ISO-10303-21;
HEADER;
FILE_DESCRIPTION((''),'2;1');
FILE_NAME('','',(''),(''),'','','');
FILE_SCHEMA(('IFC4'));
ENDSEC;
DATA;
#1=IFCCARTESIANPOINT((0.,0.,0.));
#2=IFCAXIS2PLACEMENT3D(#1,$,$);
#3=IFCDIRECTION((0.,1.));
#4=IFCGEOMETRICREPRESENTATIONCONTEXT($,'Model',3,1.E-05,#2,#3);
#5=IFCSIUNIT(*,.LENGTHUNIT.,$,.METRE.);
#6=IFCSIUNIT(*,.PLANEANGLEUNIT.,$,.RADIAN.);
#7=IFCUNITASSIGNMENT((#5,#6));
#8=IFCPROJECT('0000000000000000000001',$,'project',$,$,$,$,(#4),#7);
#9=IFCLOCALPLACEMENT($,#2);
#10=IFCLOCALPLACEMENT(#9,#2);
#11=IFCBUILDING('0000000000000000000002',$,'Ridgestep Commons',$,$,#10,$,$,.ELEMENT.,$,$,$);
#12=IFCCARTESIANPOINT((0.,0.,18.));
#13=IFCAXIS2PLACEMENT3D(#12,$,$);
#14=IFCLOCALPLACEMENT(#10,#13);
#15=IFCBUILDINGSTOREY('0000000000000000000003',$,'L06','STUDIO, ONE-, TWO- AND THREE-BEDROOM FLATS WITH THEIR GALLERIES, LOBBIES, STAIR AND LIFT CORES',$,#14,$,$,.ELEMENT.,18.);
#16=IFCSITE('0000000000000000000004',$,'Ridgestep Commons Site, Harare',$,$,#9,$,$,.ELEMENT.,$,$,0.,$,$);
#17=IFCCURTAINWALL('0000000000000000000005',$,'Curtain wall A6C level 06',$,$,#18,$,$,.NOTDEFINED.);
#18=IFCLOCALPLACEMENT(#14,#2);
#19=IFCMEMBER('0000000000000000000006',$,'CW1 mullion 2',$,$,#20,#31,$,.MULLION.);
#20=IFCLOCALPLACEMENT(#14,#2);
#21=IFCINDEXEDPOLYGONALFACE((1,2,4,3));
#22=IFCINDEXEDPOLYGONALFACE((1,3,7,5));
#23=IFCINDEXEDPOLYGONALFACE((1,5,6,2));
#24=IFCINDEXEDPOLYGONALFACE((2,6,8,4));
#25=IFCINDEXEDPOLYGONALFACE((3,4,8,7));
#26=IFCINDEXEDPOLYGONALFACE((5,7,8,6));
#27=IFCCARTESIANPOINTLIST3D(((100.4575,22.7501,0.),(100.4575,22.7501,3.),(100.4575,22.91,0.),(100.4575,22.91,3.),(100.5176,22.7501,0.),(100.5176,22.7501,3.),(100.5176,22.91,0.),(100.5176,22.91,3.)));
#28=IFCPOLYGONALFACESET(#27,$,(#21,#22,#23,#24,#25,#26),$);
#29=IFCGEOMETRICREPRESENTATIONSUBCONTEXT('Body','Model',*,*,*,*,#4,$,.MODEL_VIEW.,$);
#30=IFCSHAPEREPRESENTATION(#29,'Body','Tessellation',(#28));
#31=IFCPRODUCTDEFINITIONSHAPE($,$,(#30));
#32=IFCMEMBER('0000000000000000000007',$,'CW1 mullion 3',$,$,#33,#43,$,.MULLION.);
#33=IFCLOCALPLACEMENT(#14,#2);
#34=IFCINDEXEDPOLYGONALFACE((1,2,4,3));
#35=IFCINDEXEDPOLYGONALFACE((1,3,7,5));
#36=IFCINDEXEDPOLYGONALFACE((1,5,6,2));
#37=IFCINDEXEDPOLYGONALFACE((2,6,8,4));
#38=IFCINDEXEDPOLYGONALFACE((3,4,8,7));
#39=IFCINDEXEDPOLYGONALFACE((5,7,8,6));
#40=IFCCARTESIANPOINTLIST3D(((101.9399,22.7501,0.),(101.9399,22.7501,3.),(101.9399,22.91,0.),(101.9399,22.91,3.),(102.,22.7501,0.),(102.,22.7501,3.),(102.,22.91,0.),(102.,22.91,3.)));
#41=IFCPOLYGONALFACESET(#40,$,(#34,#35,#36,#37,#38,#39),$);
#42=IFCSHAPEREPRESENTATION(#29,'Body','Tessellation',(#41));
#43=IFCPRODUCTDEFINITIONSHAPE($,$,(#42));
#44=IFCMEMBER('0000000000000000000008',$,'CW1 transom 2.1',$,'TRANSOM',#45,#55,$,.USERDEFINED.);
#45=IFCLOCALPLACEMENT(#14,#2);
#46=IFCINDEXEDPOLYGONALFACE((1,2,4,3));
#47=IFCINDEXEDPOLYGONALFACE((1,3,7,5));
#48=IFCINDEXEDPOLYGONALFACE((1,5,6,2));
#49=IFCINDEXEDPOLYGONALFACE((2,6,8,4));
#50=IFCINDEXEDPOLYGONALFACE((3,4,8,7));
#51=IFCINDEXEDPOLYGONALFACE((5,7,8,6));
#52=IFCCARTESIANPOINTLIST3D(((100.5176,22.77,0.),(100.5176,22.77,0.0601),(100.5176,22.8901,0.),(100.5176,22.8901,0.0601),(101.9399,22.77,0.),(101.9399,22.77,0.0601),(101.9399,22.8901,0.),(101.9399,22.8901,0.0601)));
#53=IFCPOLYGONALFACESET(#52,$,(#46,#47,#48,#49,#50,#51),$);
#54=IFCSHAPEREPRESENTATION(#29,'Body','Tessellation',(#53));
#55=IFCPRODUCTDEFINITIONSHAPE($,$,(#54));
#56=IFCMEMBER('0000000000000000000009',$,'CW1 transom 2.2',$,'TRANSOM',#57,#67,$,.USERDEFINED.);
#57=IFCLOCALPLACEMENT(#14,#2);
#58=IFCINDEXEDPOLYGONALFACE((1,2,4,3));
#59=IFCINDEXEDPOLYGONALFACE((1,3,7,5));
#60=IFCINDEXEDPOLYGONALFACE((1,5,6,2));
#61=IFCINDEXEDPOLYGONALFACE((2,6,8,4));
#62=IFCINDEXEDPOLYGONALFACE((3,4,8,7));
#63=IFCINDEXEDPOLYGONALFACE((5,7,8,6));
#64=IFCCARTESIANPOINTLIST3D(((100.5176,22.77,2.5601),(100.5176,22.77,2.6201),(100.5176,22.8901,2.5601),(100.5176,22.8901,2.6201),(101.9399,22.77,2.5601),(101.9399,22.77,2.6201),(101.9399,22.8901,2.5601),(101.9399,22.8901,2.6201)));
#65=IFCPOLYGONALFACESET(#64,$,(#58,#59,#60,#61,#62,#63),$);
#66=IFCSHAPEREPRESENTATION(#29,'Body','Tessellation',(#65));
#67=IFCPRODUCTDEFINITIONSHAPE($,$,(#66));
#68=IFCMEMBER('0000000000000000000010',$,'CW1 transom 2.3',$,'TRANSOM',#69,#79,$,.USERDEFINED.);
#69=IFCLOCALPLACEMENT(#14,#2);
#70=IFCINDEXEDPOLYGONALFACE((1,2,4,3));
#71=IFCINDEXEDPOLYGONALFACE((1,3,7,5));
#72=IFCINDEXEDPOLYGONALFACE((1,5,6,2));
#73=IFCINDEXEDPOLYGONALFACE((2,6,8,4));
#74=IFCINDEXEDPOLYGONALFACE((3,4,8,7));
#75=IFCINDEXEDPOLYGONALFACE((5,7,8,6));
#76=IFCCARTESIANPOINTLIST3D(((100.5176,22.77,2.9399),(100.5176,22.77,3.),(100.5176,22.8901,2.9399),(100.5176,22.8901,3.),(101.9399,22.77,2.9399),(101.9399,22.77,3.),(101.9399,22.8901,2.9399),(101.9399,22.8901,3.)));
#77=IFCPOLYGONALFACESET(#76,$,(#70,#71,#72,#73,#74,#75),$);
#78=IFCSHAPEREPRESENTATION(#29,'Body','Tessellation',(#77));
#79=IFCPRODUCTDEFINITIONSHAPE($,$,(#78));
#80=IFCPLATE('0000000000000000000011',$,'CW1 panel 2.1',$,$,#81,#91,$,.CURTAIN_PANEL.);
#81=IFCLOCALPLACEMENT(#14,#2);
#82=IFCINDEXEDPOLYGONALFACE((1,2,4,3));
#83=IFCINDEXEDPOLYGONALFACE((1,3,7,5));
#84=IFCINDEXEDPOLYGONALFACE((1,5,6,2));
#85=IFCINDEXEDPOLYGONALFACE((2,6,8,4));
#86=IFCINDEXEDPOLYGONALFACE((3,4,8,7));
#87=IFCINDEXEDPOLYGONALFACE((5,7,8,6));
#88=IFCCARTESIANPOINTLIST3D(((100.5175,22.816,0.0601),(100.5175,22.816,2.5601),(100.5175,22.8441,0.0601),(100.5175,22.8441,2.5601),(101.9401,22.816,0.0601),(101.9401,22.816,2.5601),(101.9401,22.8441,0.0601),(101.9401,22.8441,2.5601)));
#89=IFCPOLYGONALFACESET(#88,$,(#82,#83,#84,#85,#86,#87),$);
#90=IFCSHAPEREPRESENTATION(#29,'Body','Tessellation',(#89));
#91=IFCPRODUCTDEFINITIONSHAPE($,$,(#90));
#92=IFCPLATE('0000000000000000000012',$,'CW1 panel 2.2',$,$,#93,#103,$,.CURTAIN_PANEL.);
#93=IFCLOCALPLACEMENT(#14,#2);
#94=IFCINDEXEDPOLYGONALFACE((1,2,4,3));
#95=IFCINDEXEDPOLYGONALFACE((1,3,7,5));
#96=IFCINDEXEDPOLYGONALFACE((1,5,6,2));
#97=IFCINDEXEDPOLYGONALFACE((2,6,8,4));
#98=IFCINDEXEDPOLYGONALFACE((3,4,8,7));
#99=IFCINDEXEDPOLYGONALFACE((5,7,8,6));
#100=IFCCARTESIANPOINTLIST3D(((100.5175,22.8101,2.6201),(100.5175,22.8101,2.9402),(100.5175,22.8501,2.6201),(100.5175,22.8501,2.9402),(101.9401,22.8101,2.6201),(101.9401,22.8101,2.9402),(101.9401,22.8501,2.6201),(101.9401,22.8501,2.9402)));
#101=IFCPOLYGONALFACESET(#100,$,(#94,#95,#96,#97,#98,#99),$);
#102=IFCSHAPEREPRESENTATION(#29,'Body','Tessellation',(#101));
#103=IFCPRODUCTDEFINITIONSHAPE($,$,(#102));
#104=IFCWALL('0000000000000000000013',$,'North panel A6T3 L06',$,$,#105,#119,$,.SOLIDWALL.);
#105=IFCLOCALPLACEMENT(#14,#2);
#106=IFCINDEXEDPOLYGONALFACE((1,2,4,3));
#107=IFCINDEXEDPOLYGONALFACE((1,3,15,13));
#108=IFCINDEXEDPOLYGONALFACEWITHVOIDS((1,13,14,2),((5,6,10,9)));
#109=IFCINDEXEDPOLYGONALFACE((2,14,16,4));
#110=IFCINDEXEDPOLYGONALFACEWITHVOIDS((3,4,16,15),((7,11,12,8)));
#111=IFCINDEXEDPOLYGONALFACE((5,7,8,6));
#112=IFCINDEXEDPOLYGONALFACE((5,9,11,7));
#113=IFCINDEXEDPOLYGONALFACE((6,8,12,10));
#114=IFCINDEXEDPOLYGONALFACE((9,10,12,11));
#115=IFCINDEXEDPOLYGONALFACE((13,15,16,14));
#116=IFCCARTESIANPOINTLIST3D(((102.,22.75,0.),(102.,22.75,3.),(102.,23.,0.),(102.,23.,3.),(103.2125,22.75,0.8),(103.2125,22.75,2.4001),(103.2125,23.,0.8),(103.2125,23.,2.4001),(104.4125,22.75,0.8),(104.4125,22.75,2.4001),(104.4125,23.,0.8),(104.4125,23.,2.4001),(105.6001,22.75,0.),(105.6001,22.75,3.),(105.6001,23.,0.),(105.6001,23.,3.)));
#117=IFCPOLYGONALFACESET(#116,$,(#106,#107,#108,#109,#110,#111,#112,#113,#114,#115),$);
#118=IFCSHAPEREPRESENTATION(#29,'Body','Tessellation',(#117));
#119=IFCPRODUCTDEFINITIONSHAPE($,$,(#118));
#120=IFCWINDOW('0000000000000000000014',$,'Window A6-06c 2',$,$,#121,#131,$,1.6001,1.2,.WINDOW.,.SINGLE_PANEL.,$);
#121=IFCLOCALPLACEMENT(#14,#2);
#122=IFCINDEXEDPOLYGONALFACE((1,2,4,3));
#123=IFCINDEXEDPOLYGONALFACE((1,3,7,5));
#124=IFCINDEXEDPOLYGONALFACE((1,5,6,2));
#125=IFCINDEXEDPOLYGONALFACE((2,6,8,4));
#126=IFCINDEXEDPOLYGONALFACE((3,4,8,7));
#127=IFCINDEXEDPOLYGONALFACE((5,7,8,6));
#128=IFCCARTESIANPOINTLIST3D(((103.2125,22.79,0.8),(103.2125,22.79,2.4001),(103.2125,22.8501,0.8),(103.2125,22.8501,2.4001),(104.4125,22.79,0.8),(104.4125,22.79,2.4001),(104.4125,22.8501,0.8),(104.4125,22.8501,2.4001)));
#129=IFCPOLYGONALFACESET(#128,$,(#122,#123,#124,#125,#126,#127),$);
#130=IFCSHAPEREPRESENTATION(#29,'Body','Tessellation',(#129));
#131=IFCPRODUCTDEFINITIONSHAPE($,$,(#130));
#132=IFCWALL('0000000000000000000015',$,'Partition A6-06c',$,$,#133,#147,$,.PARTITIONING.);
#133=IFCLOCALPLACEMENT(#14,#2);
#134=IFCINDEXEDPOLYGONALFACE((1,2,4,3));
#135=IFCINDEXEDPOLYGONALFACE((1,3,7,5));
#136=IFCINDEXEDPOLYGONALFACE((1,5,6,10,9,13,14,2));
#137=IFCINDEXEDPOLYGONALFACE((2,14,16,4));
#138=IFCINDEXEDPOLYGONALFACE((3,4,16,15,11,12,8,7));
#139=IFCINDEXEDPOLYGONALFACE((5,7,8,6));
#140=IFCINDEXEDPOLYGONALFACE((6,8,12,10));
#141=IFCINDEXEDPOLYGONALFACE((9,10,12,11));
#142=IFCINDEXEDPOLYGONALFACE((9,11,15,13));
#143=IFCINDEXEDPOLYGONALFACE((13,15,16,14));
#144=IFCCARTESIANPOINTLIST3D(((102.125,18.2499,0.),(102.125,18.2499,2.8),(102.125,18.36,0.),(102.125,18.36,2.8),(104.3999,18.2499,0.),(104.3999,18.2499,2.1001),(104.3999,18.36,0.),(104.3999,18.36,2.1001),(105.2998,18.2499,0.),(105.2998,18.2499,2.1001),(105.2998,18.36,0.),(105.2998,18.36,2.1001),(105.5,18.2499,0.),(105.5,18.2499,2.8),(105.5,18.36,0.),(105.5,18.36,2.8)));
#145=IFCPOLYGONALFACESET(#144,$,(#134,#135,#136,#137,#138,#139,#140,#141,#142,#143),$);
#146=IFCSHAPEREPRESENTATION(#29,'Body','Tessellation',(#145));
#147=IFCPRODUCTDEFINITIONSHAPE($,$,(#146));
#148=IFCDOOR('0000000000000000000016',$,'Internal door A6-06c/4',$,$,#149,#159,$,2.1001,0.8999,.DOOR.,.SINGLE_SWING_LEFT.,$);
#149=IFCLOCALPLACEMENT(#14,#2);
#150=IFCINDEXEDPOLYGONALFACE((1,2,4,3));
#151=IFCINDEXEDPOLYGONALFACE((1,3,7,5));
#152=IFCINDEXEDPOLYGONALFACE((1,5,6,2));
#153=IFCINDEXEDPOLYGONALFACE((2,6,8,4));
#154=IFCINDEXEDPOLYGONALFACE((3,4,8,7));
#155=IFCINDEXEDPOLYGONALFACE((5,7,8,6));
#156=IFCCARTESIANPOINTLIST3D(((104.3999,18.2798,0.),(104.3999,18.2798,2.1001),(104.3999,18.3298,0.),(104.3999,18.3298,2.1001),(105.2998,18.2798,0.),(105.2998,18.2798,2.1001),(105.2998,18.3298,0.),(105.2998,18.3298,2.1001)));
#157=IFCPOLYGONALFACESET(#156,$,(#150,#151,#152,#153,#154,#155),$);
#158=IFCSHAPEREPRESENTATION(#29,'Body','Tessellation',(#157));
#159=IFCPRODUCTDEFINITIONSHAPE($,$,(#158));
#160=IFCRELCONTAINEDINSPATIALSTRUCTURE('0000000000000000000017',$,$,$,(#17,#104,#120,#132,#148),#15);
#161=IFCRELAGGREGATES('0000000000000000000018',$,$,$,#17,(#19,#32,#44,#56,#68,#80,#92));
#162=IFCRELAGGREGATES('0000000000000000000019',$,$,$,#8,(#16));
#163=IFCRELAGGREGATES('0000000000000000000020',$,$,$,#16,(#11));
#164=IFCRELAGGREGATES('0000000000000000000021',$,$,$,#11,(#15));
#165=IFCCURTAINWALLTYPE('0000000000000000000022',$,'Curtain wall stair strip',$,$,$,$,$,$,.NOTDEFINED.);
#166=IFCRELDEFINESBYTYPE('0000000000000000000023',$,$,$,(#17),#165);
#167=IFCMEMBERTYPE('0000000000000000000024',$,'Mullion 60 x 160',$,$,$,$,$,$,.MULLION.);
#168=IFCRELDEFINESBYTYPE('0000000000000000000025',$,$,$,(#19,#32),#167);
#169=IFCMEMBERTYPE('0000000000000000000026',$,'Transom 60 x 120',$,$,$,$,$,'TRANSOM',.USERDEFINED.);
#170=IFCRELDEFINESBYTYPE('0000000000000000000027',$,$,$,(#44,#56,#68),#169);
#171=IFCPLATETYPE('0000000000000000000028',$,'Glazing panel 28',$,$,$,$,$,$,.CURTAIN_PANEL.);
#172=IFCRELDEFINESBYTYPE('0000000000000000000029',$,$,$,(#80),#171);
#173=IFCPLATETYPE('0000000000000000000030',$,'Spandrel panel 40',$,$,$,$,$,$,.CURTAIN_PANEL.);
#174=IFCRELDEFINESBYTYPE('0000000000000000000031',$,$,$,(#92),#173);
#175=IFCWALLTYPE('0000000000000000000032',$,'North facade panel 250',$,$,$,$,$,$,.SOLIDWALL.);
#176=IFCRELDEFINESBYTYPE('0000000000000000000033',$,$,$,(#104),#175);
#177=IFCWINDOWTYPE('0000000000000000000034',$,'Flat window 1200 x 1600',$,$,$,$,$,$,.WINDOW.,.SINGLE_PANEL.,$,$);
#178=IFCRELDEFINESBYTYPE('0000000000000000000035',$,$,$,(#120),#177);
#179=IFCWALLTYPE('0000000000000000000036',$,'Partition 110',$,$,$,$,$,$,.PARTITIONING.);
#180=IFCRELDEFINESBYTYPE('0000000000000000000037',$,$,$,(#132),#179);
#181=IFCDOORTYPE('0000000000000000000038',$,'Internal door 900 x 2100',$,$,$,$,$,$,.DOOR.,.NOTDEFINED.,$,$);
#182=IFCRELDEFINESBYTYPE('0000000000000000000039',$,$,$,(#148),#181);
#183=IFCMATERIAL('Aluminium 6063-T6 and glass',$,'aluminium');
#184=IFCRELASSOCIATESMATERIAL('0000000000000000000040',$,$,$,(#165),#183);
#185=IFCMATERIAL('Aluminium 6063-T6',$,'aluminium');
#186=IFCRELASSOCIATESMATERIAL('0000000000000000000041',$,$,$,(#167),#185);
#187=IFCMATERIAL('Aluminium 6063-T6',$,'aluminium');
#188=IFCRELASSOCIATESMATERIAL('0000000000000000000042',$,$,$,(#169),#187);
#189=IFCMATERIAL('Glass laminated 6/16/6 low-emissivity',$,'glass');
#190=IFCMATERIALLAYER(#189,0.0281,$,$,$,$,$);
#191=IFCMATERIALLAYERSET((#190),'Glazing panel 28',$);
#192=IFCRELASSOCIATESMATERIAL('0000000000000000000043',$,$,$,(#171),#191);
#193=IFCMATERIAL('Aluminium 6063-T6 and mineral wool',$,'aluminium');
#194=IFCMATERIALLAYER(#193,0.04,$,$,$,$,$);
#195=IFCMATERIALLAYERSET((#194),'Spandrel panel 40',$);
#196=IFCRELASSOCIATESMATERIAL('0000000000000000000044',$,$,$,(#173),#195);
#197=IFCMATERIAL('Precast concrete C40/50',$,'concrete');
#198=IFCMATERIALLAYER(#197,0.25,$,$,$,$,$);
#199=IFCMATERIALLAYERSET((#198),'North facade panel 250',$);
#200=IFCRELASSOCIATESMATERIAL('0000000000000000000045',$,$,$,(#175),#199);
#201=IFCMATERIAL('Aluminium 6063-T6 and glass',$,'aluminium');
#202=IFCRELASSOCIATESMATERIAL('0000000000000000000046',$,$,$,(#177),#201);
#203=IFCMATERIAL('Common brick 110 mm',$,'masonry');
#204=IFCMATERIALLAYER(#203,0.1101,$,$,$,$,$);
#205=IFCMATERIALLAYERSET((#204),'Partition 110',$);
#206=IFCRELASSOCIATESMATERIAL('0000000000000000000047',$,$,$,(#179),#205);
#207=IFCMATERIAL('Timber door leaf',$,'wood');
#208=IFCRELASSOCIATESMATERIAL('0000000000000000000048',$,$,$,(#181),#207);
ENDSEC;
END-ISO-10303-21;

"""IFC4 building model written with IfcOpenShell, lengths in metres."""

from ifc_helpers import new_model, si_unit, direction, frame, frame_2d, origin, origin_2d, place, context, subcontext, project, spatial, rectangle, extrude, material, layer, layer_set, material_profile, profile_set, type_object, element, fill, aggregate, save


model = new_model("IFC4")

# Units and contexts
model_context = context("Model", 3, precision=1e-05, world=origin(), true_north=direction((0.0, 1.0)))
body_context = subcontext(model_context, "Body", "Model", "MODEL_VIEW")
ifc_project = project(units=[si_unit("LENGTHUNIT", "METRE"), si_unit("PLANEANGLEUNIT", "RADIAN")], contexts=[model_context])

# Site, building, storey
site_placement = place(None, origin())
site = spatial("IfcSite", under=ifc_project, at=site_placement, Name="Ridgestep Commons Site, Harare", CompositionType="ELEMENT", RefElevation=0.0)
building_placement = place(site_placement, origin())
building = spatial("IfcBuilding", under=site, at=building_placement, Name="Ridgestep Commons", CompositionType="ELEMENT")
storey_placement = place(building_placement, frame((0.0, 0.0, 18.0)))
storey = spatial("IfcBuildingStorey", under=building, at=storey_placement, Name="L06", Description="STUDIO, ONE-, TWO- AND THREE-BEDROOM FLATS WITH THEIR GALLERIES, LOBBIES, STAIR AND LIFT CORES", CompositionType="ELEMENT", Elevation=18.0)

# Curtain wall, members, plates
ifc_material_1 = material(Name="Aluminium 6063-T6 and glass", Category="aluminium")
curtain_wall_type = type_object("IfcCurtainWallType", Name="Curtain wall stair strip", PredefinedType="NOTDEFINED", material=ifc_material_1)
curtain_wall_placement = place(storey_placement, origin())
curtain_wall = element("IfcCurtainWall", 1, at=curtain_wall_placement, inside=storey, type_object=curtain_wall_type, Name="Curtain wall A6C level 06", PredefinedType="NOTDEFINED")
ifc_material_2 = material(Name="Aluminium 6063-T6", Category="aluminium")
ifc_material_profile_1 = material_profile(ifc_material_2, rectangle(XDim=0.1599, YDim=0.0601, at=origin_2d()), Name="Mullion 60 x 160")
ifc_profile_set_1 = profile_set([ifc_material_profile_1], Name="Aluminium 6063-T6")
member_type_1 = type_object("IfcMemberType", Name="Mullion 60 x 160", PredefinedType="MULLION", material=ifc_profile_set_1)
member_1_placement = place(storey_placement, frame((100.4875, 22.8301, 0.0), z_axis=(0.0, 0.0, 1.0), x_axis=(0.0, 1.0, 0.0)))
member_1 = element("IfcMember", 2, at=member_1_placement, type_object=member_type_1, Name="CW1 mullion 2", PredefinedType="MULLION", context=body_context, shape_type="SweptSolid", body=[
    extrude(rectangle(XDim=0.1599, YDim=0.0601, at=origin_2d()), origin(), (0.0, 0.0, 1.0), 3.0),
])
member_2_placement = place(storey_placement, frame((101.97, 22.8301, 0.0), z_axis=(0.0, 0.0, 1.0), x_axis=(0.0, 1.0, 0.0)))
member_2 = element("IfcMember", 3, at=member_2_placement, type_object=member_type_1, Name="CW1 mullion 3", PredefinedType="MULLION", context=body_context, shape_type="SweptSolid", body=[
    extrude(rectangle(XDim=0.1599, YDim=0.0601, at=origin_2d()), origin(), (0.0, 0.0, 1.0), 3.0),
])
ifc_material_3 = material(Name="Aluminium 6063-T6", Category="aluminium")
ifc_material_profile_2 = material_profile(ifc_material_3, rectangle(XDim=0.1201, YDim=0.0601, at=origin_2d()), Name="Transom 60 x 120")
ifc_profile_set_2 = profile_set([ifc_material_profile_2], Name="Aluminium 6063-T6")
member_type_2 = type_object("IfcMemberType", Name="Transom 60 x 120", ElementType="TRANSOM", PredefinedType="USERDEFINED", material=ifc_profile_set_2)
member_3_placement = place(storey_placement, frame((100.5176, 22.8301, 0.03), z_axis=(1.0, 0.0, 0.0), x_axis=(0.0, 1.0, 0.0)))
member_3 = element("IfcMember", 4, at=member_3_placement, type_object=member_type_2, Name="CW1 transom 2.1", ObjectType="TRANSOM", PredefinedType="USERDEFINED", context=body_context, shape_type="SweptSolid", body=[
    extrude(rectangle(XDim=0.1201, YDim=0.0601, at=origin_2d()), origin(), (0.0, 0.0, 1.0), 1.4224),
])
member_4_placement = place(storey_placement, frame((100.5176, 22.8301, 2.5901), z_axis=(1.0, 0.0, 0.0), x_axis=(0.0, 1.0, 0.0)))
member_4 = element("IfcMember", 5, at=member_4_placement, type_object=member_type_2, Name="CW1 transom 2.2", ObjectType="TRANSOM", PredefinedType="USERDEFINED", context=body_context, shape_type="SweptSolid", body=[
    extrude(rectangle(XDim=0.1201, YDim=0.0601, at=origin_2d()), origin(), (0.0, 0.0, 1.0), 1.4224),
])
member_5_placement = place(storey_placement, frame((100.5176, 22.8301, 2.97), z_axis=(1.0, 0.0, 0.0), x_axis=(0.0, 1.0, 0.0)))
member_5 = element("IfcMember", 6, at=member_5_placement, type_object=member_type_2, Name="CW1 transom 2.3", ObjectType="TRANSOM", PredefinedType="USERDEFINED", context=body_context, shape_type="SweptSolid", body=[
    extrude(rectangle(XDim=0.1201, YDim=0.0601, at=origin_2d()), origin(), (0.0, 0.0, 1.0), 1.4224),
])
ifc_material_4 = material(Name="Glass laminated 6/16/6 low-emissivity", Category="glass")
ifc_layer_1 = layer(ifc_material_4, 0.0281)
ifc_layer_set_1 = layer_set([ifc_layer_1], Name="Glazing panel 28")
plate_type_1 = type_object("IfcPlateType", Name="Glazing panel 28", PredefinedType="CURTAIN_PANEL", material=ifc_layer_set_1)
plate_1_placement = place(storey_placement, frame((101.2288, 22.8301, 0.0601), z_axis=(0.0, 0.0, 1.0), x_axis=(1.0, 0.0, 0.0)))
plate_1 = element("IfcPlate", 7, at=plate_1_placement, type_object=plate_type_1, Name="CW1 panel 2.1", PredefinedType="CURTAIN_PANEL", context=body_context, shape_type="SweptSolid", body=[
    extrude(rectangle(XDim=1.4226, YDim=0.0281, at=origin_2d()), origin(), (0.0, 0.0, 1.0), 2.5),
])
ifc_material_5 = material(Name="Aluminium 6063-T6 and mineral wool", Category="aluminium")
ifc_layer_2 = layer(ifc_material_5, 0.04)
ifc_layer_set_2 = layer_set([ifc_layer_2], Name="Spandrel panel 40")
plate_type_2 = type_object("IfcPlateType", Name="Spandrel panel 40", PredefinedType="CURTAIN_PANEL", material=ifc_layer_set_2)
plate_2_placement = place(storey_placement, frame((101.2288, 22.8301, 2.6201), z_axis=(0.0, 0.0, 1.0), x_axis=(1.0, 0.0, 0.0)))
plate_2 = element("IfcPlate", 8, at=plate_2_placement, type_object=plate_type_2, Name="CW1 panel 2.2", PredefinedType="CURTAIN_PANEL", context=body_context, shape_type="SweptSolid", body=[
    extrude(rectangle(XDim=1.4226, YDim=0.04, at=origin_2d()), origin(), (0.0, 0.0, 1.0), 0.3201),
])
aggregate(curtain_wall, [member_1, member_2, member_3, member_4, member_5, plate_1, plate_2])

# Wall, opening, window
ifc_material_6 = material(Name="Precast concrete C40/50", Category="concrete")
ifc_layer_3 = layer(ifc_material_6, 0.25)
ifc_layer_set_3 = layer_set([ifc_layer_3], Name="North facade panel 250")
wall_type_1 = type_object("IfcWallType", Name="North facade panel 250", PredefinedType="SOLIDWALL", material=ifc_layer_set_3)
wall_1_placement = place(storey_placement, frame((102.0, 22.875, 0.0), z_axis=(0.0, 0.0, 1.0), x_axis=(1.0, 0.0, 0.0)))
wall_1 = element("IfcWall", 9, at=wall_1_placement, inside=storey, type_object=wall_type_1, Name="North panel A6T3 L06", PredefinedType="SOLIDWALL", context=body_context, shape_type="SweptSolid", body=[
    extrude(rectangle(XDim=3.6001, YDim=0.25, at=frame_2d((1.8, 0.0))), origin(), (0.0, 0.0, 1.0), 3.0),
])
opening_1_placement = place(wall_1_placement, frame((1.2124, 0.0, 0.8)))
opening_1 = element("IfcOpeningElement", 10, at=opening_1_placement, cuts=wall_1, PredefinedType="OPENING", context=body_context, shape_type="SweptSolid", body=[
    extrude(rectangle(XDim=1.2, YDim=1.6001, at=frame_2d((0.6001, 0.8))), frame((0.0, 0.135, 0.0), z_axis=(0.0, -1.0, 0.0), x_axis=(1.0, 0.0, 0.0)), (0.0, 0.0, 1.0), 0.27),
])
ifc_material_7 = material(Name="Aluminium 6063-T6 and glass", Category="aluminium")
window_type = type_object("IfcWindowType", Name="Flat window 1200 x 1600", PartitioningType="SINGLE_PANEL", PredefinedType="WINDOW", material=ifc_material_7)
window_placement = place(opening_1_placement, origin())
window = element("IfcWindow", 11, at=window_placement, inside=storey, type_object=window_type, Name="Window A6-06c 2", OverallHeight=1.6001, OverallWidth=1.2, PartitioningType="SINGLE_PANEL", PredefinedType="WINDOW", context=body_context, shape_type="SweptSolid", body=[
    extrude(rectangle(XDim=1.2, YDim=1.6001, at=frame_2d((0.6001, 0.8))), frame((0.0, -0.0249, 0.0), z_axis=(0.0, -1.0, 0.0), x_axis=(1.0, 0.0, 0.0)), (0.0, 0.0, 1.0), 0.0601),
])
fill(opening_1, window)

# Wall, opening, door
ifc_material_8 = material(Name="Common brick 110 mm", Category="masonry")
ifc_layer_4 = layer(ifc_material_8, 0.1101)
ifc_layer_set_4 = layer_set([ifc_layer_4], Name="Partition 110")
wall_type_2 = type_object("IfcWallType", Name="Partition 110", PredefinedType="PARTITIONING", material=ifc_layer_set_4)
wall_2_placement = place(storey_placement, frame((102.125, 18.3049, 0.0), z_axis=(0.0, 0.0, 1.0), x_axis=(1.0, 0.0, 0.0)))
wall_2 = element("IfcWall", 12, at=wall_2_placement, inside=storey, type_object=wall_type_2, Name="Partition A6-06c", PredefinedType="PARTITIONING", context=body_context, shape_type="SweptSolid", body=[
    extrude(rectangle(XDim=3.375, YDim=0.1101, at=frame_2d((1.6875, 0.0))), origin(), (0.0, 0.0, 1.0), 2.8),
])
opening_2_placement = place(wall_2_placement, frame((2.2749, 0.0, 0.0)))
opening_2 = element("IfcOpeningElement", 13, at=opening_2_placement, cuts=wall_2, PredefinedType="OPENING", context=body_context, shape_type="SweptSolid", body=[
    extrude(rectangle(XDim=0.8999, YDim=2.1001, at=frame_2d((0.45, 1.05))), frame((0.0, 0.0649, 0.0), z_axis=(0.0, -1.0, 0.0), x_axis=(1.0, 0.0, 0.0)), (0.0, 0.0, 1.0), 0.1301),
])
ifc_material_9 = material(Name="Timber door leaf", Category="wood")
door_type = type_object("IfcDoorType", Name="Internal door 900 x 2100", OperationType="NOTDEFINED", PredefinedType="DOOR", material=ifc_material_9)
door_placement = place(opening_2_placement, origin())
door = element("IfcDoor", 14, at=door_placement, inside=storey, type_object=door_type, Name="Internal door A6-06c/4", OperationType="SINGLE_SWING_LEFT", OverallHeight=2.1001, OverallWidth=0.8999, PredefinedType="DOOR", context=body_context, shape_type="SweptSolid", body=[
    extrude(rectangle(XDim=0.8999, YDim=2.1001, at=frame_2d((0.45, 1.05))), frame((0.0, 0.0249, 0.0), z_axis=(0.0, -1.0, 0.0), x_axis=(1.0, 0.0, 0.0)), (0.0, 0.0, 1.0), 0.05),
])
fill(opening_2, door)

save(model, "model.ifc")
